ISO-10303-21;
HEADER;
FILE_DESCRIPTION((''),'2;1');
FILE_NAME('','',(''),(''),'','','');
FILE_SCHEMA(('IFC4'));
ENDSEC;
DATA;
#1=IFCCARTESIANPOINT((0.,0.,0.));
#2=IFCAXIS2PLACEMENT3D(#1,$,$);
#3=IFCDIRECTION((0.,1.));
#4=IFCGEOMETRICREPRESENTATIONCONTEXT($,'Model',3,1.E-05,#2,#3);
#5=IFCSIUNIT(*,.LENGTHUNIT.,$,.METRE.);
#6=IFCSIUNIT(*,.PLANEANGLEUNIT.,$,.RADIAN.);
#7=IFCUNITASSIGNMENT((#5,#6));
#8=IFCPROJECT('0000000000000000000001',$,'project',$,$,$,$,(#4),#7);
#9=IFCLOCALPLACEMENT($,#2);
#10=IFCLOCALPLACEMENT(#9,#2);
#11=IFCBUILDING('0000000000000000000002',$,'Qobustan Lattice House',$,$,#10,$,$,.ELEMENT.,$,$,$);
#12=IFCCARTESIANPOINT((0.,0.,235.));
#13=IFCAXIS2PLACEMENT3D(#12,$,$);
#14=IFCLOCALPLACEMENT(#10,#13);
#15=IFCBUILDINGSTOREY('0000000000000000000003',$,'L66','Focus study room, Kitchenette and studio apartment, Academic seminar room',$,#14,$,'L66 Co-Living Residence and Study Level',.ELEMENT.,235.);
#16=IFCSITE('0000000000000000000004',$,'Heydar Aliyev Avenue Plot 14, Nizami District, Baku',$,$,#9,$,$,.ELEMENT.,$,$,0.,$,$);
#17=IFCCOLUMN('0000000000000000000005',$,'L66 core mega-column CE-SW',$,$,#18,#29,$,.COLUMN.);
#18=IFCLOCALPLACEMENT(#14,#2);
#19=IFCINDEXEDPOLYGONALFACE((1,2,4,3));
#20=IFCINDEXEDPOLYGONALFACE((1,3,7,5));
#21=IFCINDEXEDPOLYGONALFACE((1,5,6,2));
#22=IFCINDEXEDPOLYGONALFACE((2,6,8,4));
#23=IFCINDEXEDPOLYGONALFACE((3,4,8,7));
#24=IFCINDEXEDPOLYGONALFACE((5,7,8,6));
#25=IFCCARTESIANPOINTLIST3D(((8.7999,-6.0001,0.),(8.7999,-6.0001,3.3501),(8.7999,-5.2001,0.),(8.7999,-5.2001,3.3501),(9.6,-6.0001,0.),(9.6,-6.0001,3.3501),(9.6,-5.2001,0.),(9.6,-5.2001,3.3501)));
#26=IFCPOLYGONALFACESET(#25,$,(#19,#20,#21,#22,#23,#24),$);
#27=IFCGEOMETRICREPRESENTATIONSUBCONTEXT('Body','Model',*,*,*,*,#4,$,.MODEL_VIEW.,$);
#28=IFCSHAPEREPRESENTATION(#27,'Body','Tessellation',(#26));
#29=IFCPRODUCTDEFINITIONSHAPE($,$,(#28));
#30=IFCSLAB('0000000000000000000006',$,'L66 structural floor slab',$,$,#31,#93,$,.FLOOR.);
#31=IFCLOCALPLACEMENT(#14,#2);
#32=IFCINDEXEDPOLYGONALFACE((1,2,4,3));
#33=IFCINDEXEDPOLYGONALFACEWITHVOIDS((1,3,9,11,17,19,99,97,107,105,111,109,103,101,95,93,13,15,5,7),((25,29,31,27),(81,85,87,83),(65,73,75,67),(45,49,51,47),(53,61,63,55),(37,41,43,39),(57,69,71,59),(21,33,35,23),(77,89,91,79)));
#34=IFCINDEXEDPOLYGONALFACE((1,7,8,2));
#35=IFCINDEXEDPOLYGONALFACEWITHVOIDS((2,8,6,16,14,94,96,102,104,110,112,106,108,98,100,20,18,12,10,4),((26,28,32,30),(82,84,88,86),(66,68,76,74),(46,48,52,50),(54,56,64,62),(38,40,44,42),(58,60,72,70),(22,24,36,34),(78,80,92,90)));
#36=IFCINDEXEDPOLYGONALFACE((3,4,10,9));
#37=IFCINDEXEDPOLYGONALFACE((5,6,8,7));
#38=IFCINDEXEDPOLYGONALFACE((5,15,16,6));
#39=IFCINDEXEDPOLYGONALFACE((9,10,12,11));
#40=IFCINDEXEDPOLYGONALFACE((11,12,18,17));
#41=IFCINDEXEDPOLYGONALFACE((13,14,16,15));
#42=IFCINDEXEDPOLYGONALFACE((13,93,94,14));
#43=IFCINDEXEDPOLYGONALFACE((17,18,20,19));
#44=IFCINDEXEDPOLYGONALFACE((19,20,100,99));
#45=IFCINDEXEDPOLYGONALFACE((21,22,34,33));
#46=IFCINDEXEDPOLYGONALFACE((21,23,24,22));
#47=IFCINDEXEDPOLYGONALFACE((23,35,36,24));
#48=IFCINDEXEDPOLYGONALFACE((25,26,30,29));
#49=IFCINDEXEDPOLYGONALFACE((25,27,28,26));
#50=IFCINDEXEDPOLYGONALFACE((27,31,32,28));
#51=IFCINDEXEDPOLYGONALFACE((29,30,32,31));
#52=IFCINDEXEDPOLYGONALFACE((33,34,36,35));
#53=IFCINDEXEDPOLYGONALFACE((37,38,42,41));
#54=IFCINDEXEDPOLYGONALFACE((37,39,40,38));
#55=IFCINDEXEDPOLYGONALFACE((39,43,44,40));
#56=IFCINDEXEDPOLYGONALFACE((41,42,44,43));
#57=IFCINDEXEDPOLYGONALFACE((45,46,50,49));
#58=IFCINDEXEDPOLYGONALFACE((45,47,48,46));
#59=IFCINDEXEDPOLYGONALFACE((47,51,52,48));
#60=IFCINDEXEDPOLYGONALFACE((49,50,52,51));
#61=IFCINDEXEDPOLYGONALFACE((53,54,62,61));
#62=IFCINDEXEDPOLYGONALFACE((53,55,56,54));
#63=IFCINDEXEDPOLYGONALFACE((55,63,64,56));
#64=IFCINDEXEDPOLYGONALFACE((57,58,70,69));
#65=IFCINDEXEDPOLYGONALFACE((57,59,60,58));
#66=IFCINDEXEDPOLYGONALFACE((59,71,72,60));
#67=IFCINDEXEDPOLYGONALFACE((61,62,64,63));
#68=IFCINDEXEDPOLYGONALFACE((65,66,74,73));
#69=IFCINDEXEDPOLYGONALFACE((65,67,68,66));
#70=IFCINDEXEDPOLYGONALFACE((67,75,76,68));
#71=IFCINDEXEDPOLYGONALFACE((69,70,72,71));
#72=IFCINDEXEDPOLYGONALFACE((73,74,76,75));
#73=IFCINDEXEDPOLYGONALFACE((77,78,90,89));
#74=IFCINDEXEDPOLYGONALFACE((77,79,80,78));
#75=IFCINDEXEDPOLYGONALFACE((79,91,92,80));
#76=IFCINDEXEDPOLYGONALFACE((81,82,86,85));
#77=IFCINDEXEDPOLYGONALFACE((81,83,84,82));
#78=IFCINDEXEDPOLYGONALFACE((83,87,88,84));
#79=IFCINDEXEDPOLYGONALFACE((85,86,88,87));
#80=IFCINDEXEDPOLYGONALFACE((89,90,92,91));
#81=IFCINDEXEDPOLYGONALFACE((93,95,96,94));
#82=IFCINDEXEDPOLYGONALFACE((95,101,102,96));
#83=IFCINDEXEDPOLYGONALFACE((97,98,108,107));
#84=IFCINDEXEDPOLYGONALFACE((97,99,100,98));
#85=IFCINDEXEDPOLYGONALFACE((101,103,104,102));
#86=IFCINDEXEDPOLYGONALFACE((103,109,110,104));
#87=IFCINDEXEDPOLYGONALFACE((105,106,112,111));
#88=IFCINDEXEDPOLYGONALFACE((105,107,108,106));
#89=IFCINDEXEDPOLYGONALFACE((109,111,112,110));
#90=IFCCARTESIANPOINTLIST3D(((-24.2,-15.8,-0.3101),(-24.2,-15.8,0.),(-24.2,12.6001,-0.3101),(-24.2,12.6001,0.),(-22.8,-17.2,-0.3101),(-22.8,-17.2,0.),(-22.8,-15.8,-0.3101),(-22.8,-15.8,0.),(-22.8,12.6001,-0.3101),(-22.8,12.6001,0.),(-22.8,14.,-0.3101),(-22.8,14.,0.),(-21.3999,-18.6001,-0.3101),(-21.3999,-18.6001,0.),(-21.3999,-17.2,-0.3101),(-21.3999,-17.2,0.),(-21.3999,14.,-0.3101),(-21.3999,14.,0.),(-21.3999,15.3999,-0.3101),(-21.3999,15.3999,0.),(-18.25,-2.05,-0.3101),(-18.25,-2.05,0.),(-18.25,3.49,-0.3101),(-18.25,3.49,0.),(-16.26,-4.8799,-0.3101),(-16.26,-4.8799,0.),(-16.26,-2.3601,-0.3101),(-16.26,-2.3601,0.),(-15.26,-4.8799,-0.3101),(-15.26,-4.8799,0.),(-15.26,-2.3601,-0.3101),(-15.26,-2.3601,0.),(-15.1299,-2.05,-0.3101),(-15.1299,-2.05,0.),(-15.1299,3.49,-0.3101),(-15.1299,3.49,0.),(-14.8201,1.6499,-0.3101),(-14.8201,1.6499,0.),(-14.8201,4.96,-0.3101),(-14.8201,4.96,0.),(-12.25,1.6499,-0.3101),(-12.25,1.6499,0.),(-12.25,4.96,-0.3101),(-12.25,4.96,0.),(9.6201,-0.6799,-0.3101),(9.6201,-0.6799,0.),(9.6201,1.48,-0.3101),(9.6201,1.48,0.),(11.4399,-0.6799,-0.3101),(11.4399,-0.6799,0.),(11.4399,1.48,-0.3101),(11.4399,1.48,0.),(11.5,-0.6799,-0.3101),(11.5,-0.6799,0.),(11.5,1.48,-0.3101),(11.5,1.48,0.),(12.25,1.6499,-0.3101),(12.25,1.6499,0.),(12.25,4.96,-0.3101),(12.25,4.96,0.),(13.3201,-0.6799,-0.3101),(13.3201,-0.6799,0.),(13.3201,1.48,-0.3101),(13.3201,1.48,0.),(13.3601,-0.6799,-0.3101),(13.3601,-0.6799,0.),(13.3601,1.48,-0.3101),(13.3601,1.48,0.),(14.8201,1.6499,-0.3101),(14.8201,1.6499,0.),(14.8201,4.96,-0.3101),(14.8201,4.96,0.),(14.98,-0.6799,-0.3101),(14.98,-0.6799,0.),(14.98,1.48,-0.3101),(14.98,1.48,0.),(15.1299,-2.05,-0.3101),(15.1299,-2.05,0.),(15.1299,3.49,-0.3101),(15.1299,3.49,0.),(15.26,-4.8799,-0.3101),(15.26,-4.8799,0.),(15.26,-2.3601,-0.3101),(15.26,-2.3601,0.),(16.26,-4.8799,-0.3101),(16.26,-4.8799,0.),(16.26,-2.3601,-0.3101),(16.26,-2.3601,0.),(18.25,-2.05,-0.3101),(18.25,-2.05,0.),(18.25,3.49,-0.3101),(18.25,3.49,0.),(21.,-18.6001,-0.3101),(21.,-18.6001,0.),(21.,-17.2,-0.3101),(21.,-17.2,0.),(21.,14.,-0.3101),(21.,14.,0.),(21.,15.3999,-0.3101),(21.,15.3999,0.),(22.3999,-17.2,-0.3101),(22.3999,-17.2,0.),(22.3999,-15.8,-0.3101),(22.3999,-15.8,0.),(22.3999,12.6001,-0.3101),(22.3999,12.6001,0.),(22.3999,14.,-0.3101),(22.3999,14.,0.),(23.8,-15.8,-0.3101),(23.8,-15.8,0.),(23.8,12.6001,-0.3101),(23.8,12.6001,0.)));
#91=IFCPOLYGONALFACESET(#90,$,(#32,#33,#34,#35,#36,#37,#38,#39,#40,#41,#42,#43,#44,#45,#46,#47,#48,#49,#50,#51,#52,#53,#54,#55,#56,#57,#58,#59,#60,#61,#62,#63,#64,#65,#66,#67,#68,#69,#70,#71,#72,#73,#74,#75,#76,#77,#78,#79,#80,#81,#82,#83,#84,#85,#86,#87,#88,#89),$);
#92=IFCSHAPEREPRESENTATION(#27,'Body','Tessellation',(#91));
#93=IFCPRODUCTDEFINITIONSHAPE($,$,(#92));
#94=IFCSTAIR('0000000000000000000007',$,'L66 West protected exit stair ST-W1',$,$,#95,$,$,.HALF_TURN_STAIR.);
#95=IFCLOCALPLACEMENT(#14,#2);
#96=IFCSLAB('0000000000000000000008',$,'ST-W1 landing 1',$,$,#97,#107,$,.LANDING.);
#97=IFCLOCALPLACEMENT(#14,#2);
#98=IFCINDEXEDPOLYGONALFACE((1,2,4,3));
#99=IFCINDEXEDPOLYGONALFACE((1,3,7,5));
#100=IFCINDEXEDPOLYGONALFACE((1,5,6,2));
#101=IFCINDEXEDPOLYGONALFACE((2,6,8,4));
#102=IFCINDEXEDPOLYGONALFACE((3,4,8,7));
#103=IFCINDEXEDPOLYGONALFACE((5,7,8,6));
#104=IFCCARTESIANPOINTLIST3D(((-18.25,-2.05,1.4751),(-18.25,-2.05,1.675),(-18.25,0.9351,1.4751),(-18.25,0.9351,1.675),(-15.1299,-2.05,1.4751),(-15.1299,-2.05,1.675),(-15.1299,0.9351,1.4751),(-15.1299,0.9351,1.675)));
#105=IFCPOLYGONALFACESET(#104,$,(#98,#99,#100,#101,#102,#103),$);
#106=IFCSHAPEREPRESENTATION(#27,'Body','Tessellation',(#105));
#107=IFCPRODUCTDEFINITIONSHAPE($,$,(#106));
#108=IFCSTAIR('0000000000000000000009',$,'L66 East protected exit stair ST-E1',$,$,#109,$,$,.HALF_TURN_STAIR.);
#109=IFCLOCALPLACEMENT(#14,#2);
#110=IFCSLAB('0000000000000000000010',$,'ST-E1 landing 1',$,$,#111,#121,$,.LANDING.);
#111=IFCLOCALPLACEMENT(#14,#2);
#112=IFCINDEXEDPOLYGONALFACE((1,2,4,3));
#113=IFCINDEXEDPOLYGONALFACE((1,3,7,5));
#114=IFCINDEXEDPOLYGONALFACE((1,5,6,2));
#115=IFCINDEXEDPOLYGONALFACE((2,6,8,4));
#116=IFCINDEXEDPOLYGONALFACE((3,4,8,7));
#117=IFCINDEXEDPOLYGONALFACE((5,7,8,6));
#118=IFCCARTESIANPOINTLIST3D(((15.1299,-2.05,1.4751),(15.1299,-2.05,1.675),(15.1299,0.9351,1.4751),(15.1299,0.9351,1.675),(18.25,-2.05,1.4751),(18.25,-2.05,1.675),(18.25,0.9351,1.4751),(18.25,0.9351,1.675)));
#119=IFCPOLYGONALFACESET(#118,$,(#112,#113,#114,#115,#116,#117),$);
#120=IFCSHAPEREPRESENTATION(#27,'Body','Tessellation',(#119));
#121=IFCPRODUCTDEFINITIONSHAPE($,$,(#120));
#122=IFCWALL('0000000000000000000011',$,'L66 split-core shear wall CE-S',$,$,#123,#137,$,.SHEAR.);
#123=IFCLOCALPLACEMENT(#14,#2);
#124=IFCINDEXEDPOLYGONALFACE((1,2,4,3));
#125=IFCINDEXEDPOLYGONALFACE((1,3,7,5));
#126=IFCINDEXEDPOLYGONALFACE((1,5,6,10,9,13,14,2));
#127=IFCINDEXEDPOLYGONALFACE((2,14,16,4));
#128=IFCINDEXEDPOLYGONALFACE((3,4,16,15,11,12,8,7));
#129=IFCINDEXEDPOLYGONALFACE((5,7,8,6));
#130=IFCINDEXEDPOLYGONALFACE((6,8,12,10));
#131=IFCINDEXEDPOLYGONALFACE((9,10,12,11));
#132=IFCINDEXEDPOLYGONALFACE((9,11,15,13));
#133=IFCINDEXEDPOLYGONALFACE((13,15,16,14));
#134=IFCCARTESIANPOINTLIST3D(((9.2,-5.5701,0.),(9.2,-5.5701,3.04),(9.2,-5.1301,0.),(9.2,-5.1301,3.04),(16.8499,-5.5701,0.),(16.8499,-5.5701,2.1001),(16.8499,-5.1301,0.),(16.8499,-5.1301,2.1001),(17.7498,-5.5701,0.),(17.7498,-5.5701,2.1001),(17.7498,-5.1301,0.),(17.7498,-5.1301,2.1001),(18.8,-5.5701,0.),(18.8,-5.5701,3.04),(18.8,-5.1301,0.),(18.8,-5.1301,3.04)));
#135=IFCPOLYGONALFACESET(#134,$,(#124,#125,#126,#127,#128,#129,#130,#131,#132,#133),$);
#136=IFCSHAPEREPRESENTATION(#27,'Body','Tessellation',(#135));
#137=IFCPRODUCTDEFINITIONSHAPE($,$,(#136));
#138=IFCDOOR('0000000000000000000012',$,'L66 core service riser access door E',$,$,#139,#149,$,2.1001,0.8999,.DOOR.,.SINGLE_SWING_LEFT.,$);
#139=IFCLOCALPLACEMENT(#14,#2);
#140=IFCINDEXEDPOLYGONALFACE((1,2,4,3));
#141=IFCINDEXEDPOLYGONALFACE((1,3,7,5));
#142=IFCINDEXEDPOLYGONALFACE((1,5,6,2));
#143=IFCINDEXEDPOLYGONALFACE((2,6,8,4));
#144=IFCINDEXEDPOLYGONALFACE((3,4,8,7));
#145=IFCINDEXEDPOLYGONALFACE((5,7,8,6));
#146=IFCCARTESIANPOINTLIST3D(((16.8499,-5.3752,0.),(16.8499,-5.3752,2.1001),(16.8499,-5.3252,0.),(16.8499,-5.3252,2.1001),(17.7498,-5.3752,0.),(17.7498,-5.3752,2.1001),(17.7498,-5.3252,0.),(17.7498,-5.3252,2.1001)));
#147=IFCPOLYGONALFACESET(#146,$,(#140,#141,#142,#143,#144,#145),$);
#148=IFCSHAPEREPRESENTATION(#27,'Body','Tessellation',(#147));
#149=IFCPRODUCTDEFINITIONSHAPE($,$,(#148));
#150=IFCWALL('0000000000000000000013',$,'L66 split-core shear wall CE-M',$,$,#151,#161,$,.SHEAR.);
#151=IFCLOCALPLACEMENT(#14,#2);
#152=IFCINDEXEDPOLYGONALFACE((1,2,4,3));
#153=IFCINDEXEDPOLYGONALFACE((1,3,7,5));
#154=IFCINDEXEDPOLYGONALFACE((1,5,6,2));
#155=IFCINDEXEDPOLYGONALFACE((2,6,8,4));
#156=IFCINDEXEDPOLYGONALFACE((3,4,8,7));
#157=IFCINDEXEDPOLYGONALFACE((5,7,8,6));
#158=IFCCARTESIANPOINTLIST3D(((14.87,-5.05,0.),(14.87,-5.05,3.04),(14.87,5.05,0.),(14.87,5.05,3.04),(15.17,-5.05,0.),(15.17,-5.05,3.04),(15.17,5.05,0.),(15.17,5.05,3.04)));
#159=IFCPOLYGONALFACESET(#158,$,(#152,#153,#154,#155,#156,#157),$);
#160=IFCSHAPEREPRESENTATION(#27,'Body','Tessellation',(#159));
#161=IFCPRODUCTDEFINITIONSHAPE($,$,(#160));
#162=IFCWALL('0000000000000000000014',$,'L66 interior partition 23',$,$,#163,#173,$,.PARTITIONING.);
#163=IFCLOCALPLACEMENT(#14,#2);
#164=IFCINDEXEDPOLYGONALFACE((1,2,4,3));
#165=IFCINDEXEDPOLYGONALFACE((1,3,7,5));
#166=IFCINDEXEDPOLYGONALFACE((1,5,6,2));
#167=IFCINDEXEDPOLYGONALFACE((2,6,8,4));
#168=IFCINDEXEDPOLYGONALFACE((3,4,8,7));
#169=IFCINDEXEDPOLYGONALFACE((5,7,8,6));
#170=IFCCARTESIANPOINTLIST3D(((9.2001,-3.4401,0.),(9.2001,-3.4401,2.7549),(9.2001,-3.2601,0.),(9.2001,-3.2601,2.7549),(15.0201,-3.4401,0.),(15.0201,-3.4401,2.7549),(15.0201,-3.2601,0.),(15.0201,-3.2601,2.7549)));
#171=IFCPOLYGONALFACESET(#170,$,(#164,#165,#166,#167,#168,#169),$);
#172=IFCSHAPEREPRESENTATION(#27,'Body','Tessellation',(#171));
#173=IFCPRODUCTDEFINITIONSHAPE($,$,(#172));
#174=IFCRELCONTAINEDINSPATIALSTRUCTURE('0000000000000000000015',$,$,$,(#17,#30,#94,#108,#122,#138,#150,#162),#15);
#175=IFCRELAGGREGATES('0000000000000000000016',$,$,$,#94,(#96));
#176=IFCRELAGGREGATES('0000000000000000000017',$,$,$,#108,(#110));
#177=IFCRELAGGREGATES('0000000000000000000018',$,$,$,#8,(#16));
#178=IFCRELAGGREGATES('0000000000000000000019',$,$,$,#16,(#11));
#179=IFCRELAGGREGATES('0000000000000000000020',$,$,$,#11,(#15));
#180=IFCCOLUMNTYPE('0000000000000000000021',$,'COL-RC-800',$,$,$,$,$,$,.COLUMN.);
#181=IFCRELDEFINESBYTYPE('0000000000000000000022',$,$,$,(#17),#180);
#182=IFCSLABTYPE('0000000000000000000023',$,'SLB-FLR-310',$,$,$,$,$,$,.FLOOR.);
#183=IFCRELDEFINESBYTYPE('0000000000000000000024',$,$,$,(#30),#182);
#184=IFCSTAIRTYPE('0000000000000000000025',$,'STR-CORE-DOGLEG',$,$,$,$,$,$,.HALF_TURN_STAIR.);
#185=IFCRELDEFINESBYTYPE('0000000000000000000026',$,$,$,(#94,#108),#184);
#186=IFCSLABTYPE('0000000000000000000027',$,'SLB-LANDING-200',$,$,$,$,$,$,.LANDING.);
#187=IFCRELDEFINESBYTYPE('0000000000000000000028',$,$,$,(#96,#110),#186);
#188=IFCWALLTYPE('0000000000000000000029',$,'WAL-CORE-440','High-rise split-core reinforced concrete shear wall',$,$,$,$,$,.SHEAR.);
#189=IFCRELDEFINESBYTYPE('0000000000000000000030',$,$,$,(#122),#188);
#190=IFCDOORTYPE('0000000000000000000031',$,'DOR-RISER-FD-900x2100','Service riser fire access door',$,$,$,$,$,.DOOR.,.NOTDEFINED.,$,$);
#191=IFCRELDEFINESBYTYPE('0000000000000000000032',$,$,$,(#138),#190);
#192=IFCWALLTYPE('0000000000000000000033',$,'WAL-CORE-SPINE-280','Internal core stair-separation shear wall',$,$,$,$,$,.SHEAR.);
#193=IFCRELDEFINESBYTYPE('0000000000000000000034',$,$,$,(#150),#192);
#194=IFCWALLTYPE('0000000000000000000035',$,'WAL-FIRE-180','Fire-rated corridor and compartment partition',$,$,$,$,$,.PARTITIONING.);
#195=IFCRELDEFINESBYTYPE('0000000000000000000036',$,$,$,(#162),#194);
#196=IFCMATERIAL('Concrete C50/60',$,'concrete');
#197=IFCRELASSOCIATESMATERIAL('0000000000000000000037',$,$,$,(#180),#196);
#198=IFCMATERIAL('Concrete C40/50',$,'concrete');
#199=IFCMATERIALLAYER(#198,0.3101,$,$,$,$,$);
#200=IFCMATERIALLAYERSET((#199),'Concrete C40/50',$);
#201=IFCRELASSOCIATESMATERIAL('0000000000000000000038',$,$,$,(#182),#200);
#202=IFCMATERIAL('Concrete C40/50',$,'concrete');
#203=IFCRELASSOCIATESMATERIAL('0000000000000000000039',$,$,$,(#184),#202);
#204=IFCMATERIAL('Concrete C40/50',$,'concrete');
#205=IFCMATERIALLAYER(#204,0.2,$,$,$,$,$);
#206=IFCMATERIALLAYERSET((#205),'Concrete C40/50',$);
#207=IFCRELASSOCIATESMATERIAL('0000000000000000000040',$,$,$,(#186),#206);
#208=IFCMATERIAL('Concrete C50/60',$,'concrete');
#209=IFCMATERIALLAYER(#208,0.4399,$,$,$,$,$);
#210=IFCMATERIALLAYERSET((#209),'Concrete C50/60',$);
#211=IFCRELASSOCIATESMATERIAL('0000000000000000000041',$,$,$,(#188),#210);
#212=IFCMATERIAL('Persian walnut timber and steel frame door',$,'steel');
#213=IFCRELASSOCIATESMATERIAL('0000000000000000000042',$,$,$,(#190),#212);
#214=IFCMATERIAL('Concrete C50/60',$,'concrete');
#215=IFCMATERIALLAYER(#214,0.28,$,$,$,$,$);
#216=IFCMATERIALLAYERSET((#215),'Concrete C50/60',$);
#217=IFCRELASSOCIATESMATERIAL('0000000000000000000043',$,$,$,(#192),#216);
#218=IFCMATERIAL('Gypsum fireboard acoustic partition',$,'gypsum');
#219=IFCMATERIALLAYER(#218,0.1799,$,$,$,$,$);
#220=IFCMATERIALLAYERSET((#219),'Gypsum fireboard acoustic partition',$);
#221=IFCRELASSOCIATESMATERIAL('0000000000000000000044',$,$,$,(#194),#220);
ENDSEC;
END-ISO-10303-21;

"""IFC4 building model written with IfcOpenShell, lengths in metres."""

from ifc_helpers import new_model, si_unit, direction, frame, frame_2d, origin, origin_2d, place, context, subcontext, project, spatial, polyline, rectangle, outline, extrude, material, layer, layer_set, material_profile, profile_set, type_object, element, fill, aggregate, save


model = new_model("IFC4")

# Units and contexts
model_context = context("Model", 3, precision=1e-05, world=origin(), true_north=direction((0.0, 1.0)))
body_context = subcontext(model_context, "Body", "Model", "MODEL_VIEW")
ifc_project = project(units=[si_unit("LENGTHUNIT", "METRE"), si_unit("PLANEANGLEUNIT", "RADIAN")], contexts=[model_context])

# Site, building, storey
site_placement = place(None, origin())
site = spatial("IfcSite", under=ifc_project, at=site_placement, Name="Heydar Aliyev Avenue Plot 14, Nizami District, Baku", CompositionType="ELEMENT", RefElevation=0.0)
building_placement = place(site_placement, origin())
building = spatial("IfcBuilding", under=site, at=building_placement, Name="Qobustan Lattice House", CompositionType="ELEMENT")
storey_placement = place(building_placement, frame((0.0, 0.0, 235.0)))
storey = spatial("IfcBuildingStorey", under=building, at=storey_placement, Name="L66", Description="Focus study room, Kitchenette and studio apartment, Academic seminar room", LongName="L66 Co-Living Residence and Study Level", CompositionType="ELEMENT", Elevation=235.0)

# Column
ifc_material_1 = material(Name="Concrete C50/60", Category="concrete")
ifc_material_profile = material_profile(ifc_material_1, rectangle(XDim=0.8, YDim=0.8, at=origin_2d()), Name="RC800x800")
ifc_profile_set = profile_set([ifc_material_profile], Name="Concrete C50/60")
column_type = type_object("IfcColumnType", Name="COL-RC-800", PredefinedType="COLUMN", material=ifc_profile_set)
column_placement = place(storey_placement, frame((9.2, -5.6001, 0.0), z_axis=(0.0, 0.0, 1.0), x_axis=(1.0, 0.0, 0.0)))
element("IfcColumn", 1, at=column_placement, inside=storey, type_object=column_type, Name="L66 core mega-column CE-SW", PredefinedType="COLUMN", context=body_context, shape_type="SweptSolid", body=[
    extrude(rectangle(XDim=0.8, YDim=0.8, at=origin_2d()), origin(), (0.0, 0.0, 1.0), 3.3501),
])

# Slab
ifc_material_2 = material(Name="Concrete C40/50", Category="concrete")
ifc_layer_1 = layer(ifc_material_2, 0.3101)
ifc_layer_set_1 = layer_set([ifc_layer_1], Name="Concrete C40/50")
slab_type_1 = type_object("IfcSlabType", Name="SLB-FLR-310", PredefinedType="FLOOR", material=ifc_layer_set_1)
slab_1_placement = place(storey_placement, frame((0.0, 0.0, -0.3101)))
element("IfcSlab", 2, at=slab_1_placement, inside=storey, type_object=slab_type_1, Name="L66 structural floor slab", PredefinedType="FLOOR", context=body_context, shape_type="SweptSolid", body=[
    extrude(outline(polyline([(-21.3999, -18.6001), (21.0, -18.6001), (21.0, -17.2), (22.3999, -17.2), (22.3999, -15.8), (23.8, -15.8), (23.8, 12.6001), (22.3999, 12.6001), (22.3999, 14.0), (21.0, 14.0), (21.0, 15.3999), (-21.3999, 15.3999), (-21.3999, 14.0), (-22.8, 14.0), (-22.8, 12.6001), (-24.2, 12.6001), (-24.2, -15.8), (-22.8, -15.8), (-22.8, -17.2), (-21.3999, -17.2), (-21.3999, -18.6001)]), holes=[polyline([(-18.25, -2.05), (-18.25, 3.49), (-15.1299, 3.49), (-15.1299, -2.05), (-18.25, -2.05)]), polyline([(15.1299, -2.05), (15.1299, 3.49), (18.25, 3.49), (18.25, -2.05), (15.1299, -2.05)]), polyline([(-14.8201, 1.6499), (-14.8201, 4.96), (-12.25, 4.96), (-12.25, 1.6499), (-14.8201, 1.6499)]), polyline([(12.25, 1.6499), (12.25, 4.96), (14.8201, 4.96), (14.8201, 1.6499), (12.25, 1.6499)]), polyline([(-16.26, -4.8799), (-16.26, -2.3601), (-15.26, -2.3601), (-15.26, -4.8799), (-16.26, -4.8799)]), polyline([(15.26, -4.8799), (15.26, -2.3601), (16.26, -2.3601), (16.26, -4.8799), (15.26, -4.8799)]), polyline([(13.3601, -0.6799), (13.3601, 1.48), (14.98, 1.48), (14.98, -0.6799), (13.3601, -0.6799)]), polyline([(9.6201, -0.6799), (9.6201, 1.48), (11.4399, 1.48), (11.4399, -0.6799), (9.6201, -0.6799)]), polyline([(11.5, -0.6799), (11.5, 1.48), (13.3201, 1.48), (13.3201, -0.6799), (11.5, -0.6799)])]), origin(), (0.0, 0.0, 1.0), 0.3101),
])

# Stairs, slabs
ifc_material_3 = material(Name="Concrete C40/50", Category="concrete")
stair_type = type_object("IfcStairType", Name="STR-CORE-DOGLEG", PredefinedType="HALF_TURN_STAIR", material=ifc_material_3)
stair_1_placement = place(storey_placement, origin())
stair_1 = element("IfcStair", 3, at=stair_1_placement, inside=storey, type_object=stair_type, Name="L66 West protected exit stair ST-W1", PredefinedType="HALF_TURN_STAIR")
ifc_material_4 = material(Name="Concrete C40/50", Category="concrete")
ifc_layer_2 = layer(ifc_material_4, 0.2)
ifc_layer_set_2 = layer_set([ifc_layer_2], Name="Concrete C40/50")
slab_type_2 = type_object("IfcSlabType", Name="SLB-LANDING-200", PredefinedType="LANDING", material=ifc_layer_set_2)
slab_2_placement = place(storey_placement, frame((0.0, 0.0, 1.4751)))
slab_2 = element("IfcSlab", 4, at=slab_2_placement, type_object=slab_type_2, Name="ST-W1 landing 1", PredefinedType="LANDING", context=body_context, shape_type="SweptSolid", body=[
    extrude(outline(polyline([(-18.25, 0.9351), (-18.25, -2.05), (-15.1299, -2.05), (-15.1299, 0.9351), (-18.25, 0.9351)])), origin(), (0.0, 0.0, 1.0), 0.2),
])
aggregate(stair_1, [slab_2])
stair_2_placement = place(storey_placement, origin())
stair_2 = element("IfcStair", 5, at=stair_2_placement, inside=storey, type_object=stair_type, Name="L66 East protected exit stair ST-E1", PredefinedType="HALF_TURN_STAIR")
slab_3_placement = place(storey_placement, frame((0.0, 0.0, 1.4751)))
slab_3 = element("IfcSlab", 6, at=slab_3_placement, type_object=slab_type_2, Name="ST-E1 landing 1", PredefinedType="LANDING", context=body_context, shape_type="SweptSolid", body=[
    extrude(outline(polyline([(15.1299, 0.9351), (15.1299, -2.05), (18.25, -2.05), (18.25, 0.9351), (15.1299, 0.9351)])), origin(), (0.0, 0.0, 1.0), 0.2),
])
aggregate(stair_2, [slab_3])

# Wall, opening, door
ifc_material_5 = material(Name="Concrete C50/60", Category="concrete")
ifc_layer_3 = layer(ifc_material_5, 0.4399)
ifc_layer_set_3 = layer_set([ifc_layer_3], Name="Concrete C50/60")
wall_type_1 = type_object("IfcWallType", Name="WAL-CORE-440", Description="High-rise split-core reinforced concrete shear wall", PredefinedType="SHEAR", material=ifc_layer_set_3)
wall_1_placement = place(storey_placement, frame((9.2, -5.3501, 0.0), z_axis=(0.0, 0.0, 1.0), x_axis=(1.0, 0.0, 0.0)))
wall_1 = element("IfcWall", 7, at=wall_1_placement, inside=storey, type_object=wall_type_1, Name="L66 split-core shear wall CE-S", PredefinedType="SHEAR", context=body_context, shape_type="SweptSolid", body=[
    extrude(rectangle(XDim=9.6001, YDim=0.4399, at=frame_2d((4.8, 0.0))), origin(), (0.0, 0.0, 1.0), 3.04),
])
opening_1_placement = place(wall_1_placement, frame((7.6499, 0.0, 0.0)))
opening_1 = element("IfcOpeningElement", 8, at=opening_1_placement, cuts=wall_1, PredefinedType="OPENING", context=body_context, shape_type="SweptSolid", body=[
    extrude(rectangle(XDim=0.8999, YDim=2.1001, at=frame_2d((0.45, 1.05))), frame((0.0, 0.23, 0.0), z_axis=(0.0, -1.0, 0.0), x_axis=(1.0, 0.0, 0.0)), (0.0, 0.0, 1.0), 0.46),
])
ifc_material_6 = material(Name="Persian walnut timber and steel frame door", Category="steel")
door_type_1 = type_object("IfcDoorType", Name="DOR-RISER-FD-900x2100", Description="Service riser fire access door", OperationType="NOTDEFINED", PredefinedType="DOOR", material=ifc_material_6)
door_1_placement = place(opening_1_placement, origin())
door_1 = element("IfcDoor", 9, at=door_1_placement, inside=storey, type_object=door_type_1, Name="L66 core service riser access door E", OperationType="SINGLE_SWING_LEFT", OverallHeight=2.1001, OverallWidth=0.8999, PredefinedType="DOOR", context=body_context, shape_type="SweptSolid", body=[
    extrude(rectangle(XDim=0.8999, YDim=2.1001, at=frame_2d((0.45, 1.05))), frame((0.0, 0.0249, 0.0), z_axis=(0.0, -1.0, 0.0), x_axis=(1.0, 0.0, 0.0)), (0.0, 0.0, 1.0), 0.05),
])
fill(opening_1, door_1)

# Walls
ifc_material_7 = material(Name="Concrete C50/60", Category="concrete")
ifc_layer_4 = layer(ifc_material_7, 0.28)
ifc_layer_set_4 = layer_set([ifc_layer_4], Name="Concrete C50/60")
wall_type_2 = type_object("IfcWallType", Name="WAL-CORE-SPINE-280", Description="Internal core stair-separation shear wall", PredefinedType="SHEAR", material=ifc_layer_set_4)
wall_2_placement = place(storey_placement, frame((15.02, -5.05, 0.0), z_axis=(0.0, 0.0, 1.0), x_axis=(0.0, 1.0, 0.0)))
element("IfcWall", 10, at=wall_2_placement, inside=storey, type_object=wall_type_2, Name="L66 split-core shear wall CE-M", PredefinedType="SHEAR", context=body_context, shape_type="SweptSolid", body=[
    extrude(rectangle(XDim=10.1001, YDim=0.3, at=frame_2d((5.05, 0.0))), origin(), (0.0, 0.0, 1.0), 3.04),
])
ifc_material_8 = material(Name="Gypsum fireboard acoustic partition", Category="gypsum")
ifc_layer_5 = layer(ifc_material_8, 0.1799)
ifc_layer_set_5 = layer_set([ifc_layer_5], Name="Gypsum fireboard acoustic partition")
wall_type_3 = type_object("IfcWallType", Name="WAL-FIRE-180", Description="Fire-rated corridor and compartment partition", PredefinedType="PARTITIONING", material=ifc_layer_set_5)
wall_3_placement = place(storey_placement, frame((9.2, -3.3501, 0.0), z_axis=(0.0, 0.0, 1.0), x_axis=(1.0, 0.0, 0.0)))
element("IfcWall", 11, at=wall_3_placement, inside=storey, type_object=wall_type_3, Name="L66 interior partition 23", PredefinedType="PARTITIONING", context=body_context, shape_type="SweptSolid", body=[
    extrude(rectangle(XDim=5.8201, YDim=0.1799, at=frame_2d((2.9102, 0.0))), origin(), (0.0, 0.0, 1.0), 2.7549),
])

save(model, "model.ifc")
